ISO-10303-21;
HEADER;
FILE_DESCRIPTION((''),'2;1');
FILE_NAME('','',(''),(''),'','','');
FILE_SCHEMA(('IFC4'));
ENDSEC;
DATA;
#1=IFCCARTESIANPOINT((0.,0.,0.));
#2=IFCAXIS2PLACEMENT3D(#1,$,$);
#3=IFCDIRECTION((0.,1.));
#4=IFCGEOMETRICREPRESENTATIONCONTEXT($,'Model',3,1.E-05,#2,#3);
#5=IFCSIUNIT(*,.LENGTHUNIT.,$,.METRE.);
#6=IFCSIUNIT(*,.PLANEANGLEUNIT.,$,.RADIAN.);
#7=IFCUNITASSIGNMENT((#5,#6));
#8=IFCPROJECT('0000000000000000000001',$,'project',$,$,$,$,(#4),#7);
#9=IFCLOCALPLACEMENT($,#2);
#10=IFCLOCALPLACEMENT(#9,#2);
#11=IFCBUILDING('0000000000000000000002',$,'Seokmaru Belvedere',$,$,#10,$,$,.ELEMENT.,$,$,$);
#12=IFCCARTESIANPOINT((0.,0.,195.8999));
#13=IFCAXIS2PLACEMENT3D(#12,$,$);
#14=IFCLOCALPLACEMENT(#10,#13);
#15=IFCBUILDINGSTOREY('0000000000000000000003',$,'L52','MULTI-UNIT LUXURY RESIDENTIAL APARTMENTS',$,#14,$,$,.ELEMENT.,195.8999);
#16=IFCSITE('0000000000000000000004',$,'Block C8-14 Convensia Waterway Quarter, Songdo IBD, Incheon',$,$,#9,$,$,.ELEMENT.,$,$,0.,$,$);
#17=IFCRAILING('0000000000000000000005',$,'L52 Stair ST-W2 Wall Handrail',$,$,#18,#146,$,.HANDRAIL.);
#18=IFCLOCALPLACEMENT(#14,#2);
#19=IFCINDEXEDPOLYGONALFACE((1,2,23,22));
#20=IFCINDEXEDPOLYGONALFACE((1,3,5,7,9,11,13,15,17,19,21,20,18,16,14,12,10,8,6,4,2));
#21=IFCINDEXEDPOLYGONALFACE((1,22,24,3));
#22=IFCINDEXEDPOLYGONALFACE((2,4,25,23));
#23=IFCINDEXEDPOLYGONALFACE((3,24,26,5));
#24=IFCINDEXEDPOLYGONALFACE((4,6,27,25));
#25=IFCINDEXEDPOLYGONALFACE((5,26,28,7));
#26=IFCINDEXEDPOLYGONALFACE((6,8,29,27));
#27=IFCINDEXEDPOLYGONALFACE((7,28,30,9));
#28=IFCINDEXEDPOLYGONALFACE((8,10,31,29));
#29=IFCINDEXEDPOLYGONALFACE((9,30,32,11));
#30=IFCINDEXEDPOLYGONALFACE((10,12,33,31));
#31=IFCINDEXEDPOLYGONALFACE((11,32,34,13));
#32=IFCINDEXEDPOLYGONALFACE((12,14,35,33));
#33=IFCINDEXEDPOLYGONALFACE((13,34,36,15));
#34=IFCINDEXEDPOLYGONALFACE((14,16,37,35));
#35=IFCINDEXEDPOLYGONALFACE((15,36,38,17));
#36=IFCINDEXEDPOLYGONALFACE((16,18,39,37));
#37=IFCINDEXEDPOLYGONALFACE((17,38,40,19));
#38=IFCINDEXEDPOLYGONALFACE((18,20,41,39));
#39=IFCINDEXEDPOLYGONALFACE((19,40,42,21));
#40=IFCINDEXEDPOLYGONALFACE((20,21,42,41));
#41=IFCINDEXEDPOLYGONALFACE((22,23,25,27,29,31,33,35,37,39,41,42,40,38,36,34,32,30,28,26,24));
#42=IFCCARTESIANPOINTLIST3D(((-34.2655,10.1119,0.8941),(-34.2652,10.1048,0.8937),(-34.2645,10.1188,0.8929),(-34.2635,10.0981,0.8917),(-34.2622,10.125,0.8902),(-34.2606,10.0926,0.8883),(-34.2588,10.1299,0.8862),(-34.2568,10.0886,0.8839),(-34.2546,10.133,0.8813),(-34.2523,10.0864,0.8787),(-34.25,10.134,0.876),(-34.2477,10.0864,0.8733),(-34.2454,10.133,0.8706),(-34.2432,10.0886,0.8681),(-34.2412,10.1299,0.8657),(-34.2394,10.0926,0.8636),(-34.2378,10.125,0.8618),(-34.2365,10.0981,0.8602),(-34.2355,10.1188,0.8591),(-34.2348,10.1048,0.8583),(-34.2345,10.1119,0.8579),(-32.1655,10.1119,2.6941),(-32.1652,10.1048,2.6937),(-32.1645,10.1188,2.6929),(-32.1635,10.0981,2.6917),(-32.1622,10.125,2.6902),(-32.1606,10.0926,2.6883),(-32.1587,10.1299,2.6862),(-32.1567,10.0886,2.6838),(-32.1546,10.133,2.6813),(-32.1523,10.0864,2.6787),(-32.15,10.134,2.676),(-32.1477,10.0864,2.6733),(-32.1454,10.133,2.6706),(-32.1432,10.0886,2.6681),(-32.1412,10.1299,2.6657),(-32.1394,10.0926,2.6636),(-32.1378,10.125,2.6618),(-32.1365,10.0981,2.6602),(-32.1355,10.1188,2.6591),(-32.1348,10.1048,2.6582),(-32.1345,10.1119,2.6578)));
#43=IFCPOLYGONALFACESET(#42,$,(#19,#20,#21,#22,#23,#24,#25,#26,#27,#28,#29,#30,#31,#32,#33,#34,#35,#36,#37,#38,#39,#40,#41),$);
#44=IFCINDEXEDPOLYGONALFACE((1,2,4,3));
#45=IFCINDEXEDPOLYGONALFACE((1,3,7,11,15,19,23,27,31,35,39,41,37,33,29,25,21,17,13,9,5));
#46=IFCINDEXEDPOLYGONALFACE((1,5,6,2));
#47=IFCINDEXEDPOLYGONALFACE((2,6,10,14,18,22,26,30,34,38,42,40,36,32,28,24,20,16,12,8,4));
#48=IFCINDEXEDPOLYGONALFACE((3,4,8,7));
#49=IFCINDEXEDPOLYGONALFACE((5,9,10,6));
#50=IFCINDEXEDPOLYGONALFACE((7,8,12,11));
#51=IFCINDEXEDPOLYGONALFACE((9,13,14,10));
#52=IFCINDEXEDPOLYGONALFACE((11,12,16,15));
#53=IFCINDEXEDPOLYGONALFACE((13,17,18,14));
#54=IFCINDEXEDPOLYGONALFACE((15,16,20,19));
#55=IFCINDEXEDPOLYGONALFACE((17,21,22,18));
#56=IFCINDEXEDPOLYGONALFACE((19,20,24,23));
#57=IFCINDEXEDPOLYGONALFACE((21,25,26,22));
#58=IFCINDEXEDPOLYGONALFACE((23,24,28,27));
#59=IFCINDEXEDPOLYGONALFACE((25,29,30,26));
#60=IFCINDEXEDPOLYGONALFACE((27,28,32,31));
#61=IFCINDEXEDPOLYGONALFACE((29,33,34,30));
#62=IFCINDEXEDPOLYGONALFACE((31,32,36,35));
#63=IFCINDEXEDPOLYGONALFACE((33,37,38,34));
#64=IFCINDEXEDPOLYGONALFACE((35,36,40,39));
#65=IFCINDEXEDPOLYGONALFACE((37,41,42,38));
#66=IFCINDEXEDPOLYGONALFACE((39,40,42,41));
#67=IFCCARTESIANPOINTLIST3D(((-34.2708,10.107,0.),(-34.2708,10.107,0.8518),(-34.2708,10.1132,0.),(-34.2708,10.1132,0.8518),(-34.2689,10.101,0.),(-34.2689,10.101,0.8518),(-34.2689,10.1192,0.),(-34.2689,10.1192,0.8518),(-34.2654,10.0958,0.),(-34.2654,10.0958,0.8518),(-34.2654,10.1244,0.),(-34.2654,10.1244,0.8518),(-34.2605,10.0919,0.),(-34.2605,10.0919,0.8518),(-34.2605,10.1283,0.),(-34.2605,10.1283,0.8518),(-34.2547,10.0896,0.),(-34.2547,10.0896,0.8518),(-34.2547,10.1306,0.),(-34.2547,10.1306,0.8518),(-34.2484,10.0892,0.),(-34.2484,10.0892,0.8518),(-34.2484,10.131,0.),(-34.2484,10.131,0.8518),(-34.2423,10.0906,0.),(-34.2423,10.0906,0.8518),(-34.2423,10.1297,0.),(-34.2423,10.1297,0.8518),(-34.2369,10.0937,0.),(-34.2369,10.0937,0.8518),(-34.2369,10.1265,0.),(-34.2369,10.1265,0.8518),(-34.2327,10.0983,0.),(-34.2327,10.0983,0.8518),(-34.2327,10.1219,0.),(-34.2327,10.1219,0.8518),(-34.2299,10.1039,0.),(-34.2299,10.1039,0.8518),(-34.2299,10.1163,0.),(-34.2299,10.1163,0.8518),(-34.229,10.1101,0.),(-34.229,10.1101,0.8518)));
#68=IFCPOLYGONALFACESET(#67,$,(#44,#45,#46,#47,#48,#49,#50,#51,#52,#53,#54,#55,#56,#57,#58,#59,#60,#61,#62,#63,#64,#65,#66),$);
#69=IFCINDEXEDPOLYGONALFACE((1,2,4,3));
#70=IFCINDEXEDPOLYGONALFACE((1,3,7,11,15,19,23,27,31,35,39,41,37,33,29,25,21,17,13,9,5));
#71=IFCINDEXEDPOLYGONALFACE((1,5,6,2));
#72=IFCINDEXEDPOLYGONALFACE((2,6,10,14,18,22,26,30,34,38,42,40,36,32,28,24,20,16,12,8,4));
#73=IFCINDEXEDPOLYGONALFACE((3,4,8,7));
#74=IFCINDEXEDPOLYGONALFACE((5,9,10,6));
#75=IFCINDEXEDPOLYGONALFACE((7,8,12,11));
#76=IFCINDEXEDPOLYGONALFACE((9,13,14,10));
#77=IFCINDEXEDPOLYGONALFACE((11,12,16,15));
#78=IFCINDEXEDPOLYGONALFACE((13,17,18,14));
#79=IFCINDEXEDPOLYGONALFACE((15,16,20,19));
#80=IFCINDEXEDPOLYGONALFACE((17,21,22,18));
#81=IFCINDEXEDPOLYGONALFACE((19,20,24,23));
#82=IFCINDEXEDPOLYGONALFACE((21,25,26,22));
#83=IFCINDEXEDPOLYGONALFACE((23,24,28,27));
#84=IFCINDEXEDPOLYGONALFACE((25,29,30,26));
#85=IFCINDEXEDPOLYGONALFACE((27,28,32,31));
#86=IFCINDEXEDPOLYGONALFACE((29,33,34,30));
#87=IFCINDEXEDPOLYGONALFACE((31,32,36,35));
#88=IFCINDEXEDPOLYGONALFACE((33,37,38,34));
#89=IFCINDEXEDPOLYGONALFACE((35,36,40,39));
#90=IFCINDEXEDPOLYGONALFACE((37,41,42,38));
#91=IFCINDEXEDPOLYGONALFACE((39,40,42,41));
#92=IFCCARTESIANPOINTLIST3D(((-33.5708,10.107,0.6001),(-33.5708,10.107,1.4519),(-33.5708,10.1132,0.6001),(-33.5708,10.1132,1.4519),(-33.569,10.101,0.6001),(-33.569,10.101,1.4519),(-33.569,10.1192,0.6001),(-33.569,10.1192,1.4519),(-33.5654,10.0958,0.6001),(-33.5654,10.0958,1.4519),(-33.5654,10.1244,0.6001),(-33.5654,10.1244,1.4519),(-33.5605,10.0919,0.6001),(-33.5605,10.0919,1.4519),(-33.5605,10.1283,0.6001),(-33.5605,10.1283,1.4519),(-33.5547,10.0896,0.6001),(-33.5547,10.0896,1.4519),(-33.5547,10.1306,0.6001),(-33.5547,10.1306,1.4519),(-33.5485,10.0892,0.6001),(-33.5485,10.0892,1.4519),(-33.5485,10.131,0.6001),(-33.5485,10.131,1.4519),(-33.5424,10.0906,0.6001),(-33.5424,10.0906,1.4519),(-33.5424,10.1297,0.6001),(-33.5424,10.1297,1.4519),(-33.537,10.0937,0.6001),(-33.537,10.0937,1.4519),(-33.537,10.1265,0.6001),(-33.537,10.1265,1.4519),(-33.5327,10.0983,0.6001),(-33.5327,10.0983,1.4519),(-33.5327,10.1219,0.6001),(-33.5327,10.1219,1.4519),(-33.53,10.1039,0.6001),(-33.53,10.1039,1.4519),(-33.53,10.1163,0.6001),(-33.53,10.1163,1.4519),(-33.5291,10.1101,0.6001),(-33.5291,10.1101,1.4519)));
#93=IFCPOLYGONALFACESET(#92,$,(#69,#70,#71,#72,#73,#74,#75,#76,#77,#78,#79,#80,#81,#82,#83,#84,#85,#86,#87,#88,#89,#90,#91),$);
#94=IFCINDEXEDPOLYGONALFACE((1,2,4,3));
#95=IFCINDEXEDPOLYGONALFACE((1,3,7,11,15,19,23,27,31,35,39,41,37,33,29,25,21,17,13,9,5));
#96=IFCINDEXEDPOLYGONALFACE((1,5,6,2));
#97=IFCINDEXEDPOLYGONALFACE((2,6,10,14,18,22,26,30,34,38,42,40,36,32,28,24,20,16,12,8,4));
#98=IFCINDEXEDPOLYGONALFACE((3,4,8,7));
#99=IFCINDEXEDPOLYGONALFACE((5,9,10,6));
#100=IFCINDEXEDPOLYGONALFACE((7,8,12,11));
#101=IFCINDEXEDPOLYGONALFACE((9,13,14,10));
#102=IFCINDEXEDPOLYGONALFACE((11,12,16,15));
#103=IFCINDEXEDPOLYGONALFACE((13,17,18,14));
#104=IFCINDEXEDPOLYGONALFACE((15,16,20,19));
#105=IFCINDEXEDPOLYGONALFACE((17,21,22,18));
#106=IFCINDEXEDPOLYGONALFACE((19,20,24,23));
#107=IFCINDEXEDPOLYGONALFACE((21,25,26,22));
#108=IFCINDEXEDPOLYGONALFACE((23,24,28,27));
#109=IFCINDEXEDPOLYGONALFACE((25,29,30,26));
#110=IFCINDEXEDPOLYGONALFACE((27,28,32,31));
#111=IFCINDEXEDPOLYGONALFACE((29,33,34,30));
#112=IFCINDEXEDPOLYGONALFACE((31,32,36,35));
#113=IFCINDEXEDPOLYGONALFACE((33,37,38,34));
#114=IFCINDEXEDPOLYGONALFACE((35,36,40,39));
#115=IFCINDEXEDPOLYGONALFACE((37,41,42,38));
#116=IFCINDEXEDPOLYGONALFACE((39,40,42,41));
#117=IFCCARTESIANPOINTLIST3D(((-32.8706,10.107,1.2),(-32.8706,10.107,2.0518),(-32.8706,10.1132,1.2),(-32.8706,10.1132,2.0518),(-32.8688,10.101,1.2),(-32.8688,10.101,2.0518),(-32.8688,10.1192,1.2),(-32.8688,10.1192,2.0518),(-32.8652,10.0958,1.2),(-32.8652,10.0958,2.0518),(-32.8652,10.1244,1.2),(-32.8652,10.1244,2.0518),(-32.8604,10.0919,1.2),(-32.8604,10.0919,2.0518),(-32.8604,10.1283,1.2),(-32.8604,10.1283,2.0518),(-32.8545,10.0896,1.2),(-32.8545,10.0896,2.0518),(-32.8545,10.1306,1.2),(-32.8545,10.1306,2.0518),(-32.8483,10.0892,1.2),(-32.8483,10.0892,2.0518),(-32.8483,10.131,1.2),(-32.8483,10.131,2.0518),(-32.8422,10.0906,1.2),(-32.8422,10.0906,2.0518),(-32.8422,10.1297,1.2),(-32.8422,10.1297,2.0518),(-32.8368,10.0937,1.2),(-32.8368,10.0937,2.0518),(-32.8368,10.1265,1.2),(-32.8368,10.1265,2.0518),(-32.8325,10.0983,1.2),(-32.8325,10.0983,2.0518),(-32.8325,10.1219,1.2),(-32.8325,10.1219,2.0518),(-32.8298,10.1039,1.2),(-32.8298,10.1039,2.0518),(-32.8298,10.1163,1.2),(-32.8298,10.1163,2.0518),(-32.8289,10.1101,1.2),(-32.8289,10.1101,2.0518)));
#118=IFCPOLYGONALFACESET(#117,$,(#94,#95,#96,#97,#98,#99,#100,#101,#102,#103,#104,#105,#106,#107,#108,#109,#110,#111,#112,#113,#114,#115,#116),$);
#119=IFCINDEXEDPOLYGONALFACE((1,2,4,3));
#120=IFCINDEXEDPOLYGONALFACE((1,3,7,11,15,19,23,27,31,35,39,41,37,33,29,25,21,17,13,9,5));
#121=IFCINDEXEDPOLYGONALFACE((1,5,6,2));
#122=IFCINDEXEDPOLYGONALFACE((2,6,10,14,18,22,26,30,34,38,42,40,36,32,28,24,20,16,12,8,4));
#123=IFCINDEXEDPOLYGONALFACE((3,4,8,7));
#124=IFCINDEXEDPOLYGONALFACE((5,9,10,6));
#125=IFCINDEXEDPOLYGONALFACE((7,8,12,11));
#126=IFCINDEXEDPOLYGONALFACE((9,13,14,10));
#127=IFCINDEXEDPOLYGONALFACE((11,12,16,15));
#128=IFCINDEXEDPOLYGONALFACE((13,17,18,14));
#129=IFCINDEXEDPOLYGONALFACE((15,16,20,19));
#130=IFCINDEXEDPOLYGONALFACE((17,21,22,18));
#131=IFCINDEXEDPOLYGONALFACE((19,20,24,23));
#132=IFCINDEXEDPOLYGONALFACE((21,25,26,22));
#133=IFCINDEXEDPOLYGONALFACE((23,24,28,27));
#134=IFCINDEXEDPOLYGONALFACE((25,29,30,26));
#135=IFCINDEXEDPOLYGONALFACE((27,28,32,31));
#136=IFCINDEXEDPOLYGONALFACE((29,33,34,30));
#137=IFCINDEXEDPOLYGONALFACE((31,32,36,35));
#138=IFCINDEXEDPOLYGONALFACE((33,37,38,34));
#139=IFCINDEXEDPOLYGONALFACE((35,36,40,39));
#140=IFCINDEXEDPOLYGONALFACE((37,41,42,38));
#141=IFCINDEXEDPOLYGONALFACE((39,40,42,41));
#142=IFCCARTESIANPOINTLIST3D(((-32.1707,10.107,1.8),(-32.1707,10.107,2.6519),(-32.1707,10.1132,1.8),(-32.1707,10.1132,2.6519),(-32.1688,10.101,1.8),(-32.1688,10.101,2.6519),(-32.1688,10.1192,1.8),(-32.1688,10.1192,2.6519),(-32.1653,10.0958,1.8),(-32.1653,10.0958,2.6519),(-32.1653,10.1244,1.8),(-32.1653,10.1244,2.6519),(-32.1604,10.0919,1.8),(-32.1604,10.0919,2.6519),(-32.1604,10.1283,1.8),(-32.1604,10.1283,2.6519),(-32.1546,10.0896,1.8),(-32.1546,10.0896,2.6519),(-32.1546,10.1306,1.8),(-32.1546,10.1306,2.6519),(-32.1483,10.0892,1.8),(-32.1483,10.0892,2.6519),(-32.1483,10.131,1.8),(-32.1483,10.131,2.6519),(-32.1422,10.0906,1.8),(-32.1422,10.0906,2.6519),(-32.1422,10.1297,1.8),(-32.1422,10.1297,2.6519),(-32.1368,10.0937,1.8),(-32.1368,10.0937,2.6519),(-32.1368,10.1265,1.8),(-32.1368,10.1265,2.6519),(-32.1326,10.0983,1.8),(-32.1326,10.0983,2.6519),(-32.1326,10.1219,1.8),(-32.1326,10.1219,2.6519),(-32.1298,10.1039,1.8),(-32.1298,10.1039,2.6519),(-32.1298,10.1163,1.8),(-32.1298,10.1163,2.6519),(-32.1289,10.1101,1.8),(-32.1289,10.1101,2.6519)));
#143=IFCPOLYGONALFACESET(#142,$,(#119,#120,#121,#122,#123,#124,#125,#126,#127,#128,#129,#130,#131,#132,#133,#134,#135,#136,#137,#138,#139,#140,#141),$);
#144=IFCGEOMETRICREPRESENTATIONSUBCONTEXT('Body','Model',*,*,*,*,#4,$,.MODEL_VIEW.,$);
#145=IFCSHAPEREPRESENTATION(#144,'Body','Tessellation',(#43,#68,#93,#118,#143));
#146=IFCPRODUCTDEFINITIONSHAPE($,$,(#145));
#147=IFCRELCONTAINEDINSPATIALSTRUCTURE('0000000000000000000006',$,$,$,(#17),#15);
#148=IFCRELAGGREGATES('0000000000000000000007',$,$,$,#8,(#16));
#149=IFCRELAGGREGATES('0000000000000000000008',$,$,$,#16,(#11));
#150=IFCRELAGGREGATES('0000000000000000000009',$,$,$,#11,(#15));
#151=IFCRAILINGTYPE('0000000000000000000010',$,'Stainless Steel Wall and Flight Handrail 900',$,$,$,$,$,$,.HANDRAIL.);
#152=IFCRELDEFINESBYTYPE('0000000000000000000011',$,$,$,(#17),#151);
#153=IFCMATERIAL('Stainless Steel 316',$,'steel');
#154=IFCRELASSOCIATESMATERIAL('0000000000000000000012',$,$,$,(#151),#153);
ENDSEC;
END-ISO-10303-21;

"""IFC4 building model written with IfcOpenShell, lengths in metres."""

from ifc_helpers import new_model, si_unit, direction, frame, origin, origin_2d, place, context, subcontext, project, spatial, circle, extrude, material, type_object, element, save


model = new_model("IFC4")

# Units and contexts
model_context = context("Model", 3, precision=1e-05, world=origin(), true_north=direction((0.0, 1.0)))
body_context = subcontext(model_context, "Body", "Model", "MODEL_VIEW")
ifc_project = project(units=[si_unit("LENGTHUNIT", "METRE"), si_unit("PLANEANGLEUNIT", "RADIAN")], contexts=[model_context])

# Site, building, storey
site_placement = place(None, origin())
site = spatial("IfcSite", under=ifc_project, at=site_placement, Name="Block C8-14 Convensia Waterway Quarter, Songdo IBD, Incheon", CompositionType="ELEMENT", RefElevation=0.0)
building_placement = place(site_placement, origin())
building = spatial("IfcBuilding", under=site, at=building_placement, Name="Seokmaru Belvedere", CompositionType="ELEMENT")
storey_placement = place(building_placement, frame((0.0, 0.0, 195.8999)))
storey = spatial("IfcBuildingStorey", under=building, at=storey_placement, Name="L52", Description="MULTI-UNIT LUXURY RESIDENTIAL APARTMENTS", CompositionType="ELEMENT", Elevation=195.8999)

# Railing
ifc_material_1 = material(Name="Stainless Steel 316", Category="steel")
railing_type_1 = type_object("IfcRailingType", Name="Stainless Steel Wall and Flight Handrail 900", PredefinedType="HANDRAIL", material=ifc_material_1)
railing_1_placement = place(storey_placement, frame((-34.25, 10.1101, 0.0)))
element("IfcRailing", 1, at=railing_1_placement, inside=storey, type_object=railing_type_1, Name="L52 Stair ST-W2 Wall Handrail", PredefinedType="HANDRAIL", context=body_context, shape_type="SweptSolid", body=[
    extrude(circle(Radius=0.0239, at=origin_2d()), frame((0.0, 0.0, 0.876), z_axis=(0.759263, 0.0, 0.650784), x_axis=(0.0, 1.0, 0.0)), (0.0, 0.0, 1.0), 2.7659),
    extrude(circle(Radius=0.021, at=origin_2d()), origin(), (0.0, 0.0, 1.0), 0.8518),
    extrude(circle(Radius=0.021, at=origin_2d()), frame((0.7, 0.0, 0.6001)), (0.0, 0.0, 1.0), 0.8518),
    extrude(circle(Radius=0.021, at=origin_2d()), frame((1.4001, 0.0, 1.2)), (0.0, 0.0, 1.0), 0.8518),
    extrude(circle(Radius=0.021, at=origin_2d()), frame((2.1001, 0.0, 1.8)), (0.0, 0.0, 1.0), 0.8518),
])

save(model, "model.ifc")
